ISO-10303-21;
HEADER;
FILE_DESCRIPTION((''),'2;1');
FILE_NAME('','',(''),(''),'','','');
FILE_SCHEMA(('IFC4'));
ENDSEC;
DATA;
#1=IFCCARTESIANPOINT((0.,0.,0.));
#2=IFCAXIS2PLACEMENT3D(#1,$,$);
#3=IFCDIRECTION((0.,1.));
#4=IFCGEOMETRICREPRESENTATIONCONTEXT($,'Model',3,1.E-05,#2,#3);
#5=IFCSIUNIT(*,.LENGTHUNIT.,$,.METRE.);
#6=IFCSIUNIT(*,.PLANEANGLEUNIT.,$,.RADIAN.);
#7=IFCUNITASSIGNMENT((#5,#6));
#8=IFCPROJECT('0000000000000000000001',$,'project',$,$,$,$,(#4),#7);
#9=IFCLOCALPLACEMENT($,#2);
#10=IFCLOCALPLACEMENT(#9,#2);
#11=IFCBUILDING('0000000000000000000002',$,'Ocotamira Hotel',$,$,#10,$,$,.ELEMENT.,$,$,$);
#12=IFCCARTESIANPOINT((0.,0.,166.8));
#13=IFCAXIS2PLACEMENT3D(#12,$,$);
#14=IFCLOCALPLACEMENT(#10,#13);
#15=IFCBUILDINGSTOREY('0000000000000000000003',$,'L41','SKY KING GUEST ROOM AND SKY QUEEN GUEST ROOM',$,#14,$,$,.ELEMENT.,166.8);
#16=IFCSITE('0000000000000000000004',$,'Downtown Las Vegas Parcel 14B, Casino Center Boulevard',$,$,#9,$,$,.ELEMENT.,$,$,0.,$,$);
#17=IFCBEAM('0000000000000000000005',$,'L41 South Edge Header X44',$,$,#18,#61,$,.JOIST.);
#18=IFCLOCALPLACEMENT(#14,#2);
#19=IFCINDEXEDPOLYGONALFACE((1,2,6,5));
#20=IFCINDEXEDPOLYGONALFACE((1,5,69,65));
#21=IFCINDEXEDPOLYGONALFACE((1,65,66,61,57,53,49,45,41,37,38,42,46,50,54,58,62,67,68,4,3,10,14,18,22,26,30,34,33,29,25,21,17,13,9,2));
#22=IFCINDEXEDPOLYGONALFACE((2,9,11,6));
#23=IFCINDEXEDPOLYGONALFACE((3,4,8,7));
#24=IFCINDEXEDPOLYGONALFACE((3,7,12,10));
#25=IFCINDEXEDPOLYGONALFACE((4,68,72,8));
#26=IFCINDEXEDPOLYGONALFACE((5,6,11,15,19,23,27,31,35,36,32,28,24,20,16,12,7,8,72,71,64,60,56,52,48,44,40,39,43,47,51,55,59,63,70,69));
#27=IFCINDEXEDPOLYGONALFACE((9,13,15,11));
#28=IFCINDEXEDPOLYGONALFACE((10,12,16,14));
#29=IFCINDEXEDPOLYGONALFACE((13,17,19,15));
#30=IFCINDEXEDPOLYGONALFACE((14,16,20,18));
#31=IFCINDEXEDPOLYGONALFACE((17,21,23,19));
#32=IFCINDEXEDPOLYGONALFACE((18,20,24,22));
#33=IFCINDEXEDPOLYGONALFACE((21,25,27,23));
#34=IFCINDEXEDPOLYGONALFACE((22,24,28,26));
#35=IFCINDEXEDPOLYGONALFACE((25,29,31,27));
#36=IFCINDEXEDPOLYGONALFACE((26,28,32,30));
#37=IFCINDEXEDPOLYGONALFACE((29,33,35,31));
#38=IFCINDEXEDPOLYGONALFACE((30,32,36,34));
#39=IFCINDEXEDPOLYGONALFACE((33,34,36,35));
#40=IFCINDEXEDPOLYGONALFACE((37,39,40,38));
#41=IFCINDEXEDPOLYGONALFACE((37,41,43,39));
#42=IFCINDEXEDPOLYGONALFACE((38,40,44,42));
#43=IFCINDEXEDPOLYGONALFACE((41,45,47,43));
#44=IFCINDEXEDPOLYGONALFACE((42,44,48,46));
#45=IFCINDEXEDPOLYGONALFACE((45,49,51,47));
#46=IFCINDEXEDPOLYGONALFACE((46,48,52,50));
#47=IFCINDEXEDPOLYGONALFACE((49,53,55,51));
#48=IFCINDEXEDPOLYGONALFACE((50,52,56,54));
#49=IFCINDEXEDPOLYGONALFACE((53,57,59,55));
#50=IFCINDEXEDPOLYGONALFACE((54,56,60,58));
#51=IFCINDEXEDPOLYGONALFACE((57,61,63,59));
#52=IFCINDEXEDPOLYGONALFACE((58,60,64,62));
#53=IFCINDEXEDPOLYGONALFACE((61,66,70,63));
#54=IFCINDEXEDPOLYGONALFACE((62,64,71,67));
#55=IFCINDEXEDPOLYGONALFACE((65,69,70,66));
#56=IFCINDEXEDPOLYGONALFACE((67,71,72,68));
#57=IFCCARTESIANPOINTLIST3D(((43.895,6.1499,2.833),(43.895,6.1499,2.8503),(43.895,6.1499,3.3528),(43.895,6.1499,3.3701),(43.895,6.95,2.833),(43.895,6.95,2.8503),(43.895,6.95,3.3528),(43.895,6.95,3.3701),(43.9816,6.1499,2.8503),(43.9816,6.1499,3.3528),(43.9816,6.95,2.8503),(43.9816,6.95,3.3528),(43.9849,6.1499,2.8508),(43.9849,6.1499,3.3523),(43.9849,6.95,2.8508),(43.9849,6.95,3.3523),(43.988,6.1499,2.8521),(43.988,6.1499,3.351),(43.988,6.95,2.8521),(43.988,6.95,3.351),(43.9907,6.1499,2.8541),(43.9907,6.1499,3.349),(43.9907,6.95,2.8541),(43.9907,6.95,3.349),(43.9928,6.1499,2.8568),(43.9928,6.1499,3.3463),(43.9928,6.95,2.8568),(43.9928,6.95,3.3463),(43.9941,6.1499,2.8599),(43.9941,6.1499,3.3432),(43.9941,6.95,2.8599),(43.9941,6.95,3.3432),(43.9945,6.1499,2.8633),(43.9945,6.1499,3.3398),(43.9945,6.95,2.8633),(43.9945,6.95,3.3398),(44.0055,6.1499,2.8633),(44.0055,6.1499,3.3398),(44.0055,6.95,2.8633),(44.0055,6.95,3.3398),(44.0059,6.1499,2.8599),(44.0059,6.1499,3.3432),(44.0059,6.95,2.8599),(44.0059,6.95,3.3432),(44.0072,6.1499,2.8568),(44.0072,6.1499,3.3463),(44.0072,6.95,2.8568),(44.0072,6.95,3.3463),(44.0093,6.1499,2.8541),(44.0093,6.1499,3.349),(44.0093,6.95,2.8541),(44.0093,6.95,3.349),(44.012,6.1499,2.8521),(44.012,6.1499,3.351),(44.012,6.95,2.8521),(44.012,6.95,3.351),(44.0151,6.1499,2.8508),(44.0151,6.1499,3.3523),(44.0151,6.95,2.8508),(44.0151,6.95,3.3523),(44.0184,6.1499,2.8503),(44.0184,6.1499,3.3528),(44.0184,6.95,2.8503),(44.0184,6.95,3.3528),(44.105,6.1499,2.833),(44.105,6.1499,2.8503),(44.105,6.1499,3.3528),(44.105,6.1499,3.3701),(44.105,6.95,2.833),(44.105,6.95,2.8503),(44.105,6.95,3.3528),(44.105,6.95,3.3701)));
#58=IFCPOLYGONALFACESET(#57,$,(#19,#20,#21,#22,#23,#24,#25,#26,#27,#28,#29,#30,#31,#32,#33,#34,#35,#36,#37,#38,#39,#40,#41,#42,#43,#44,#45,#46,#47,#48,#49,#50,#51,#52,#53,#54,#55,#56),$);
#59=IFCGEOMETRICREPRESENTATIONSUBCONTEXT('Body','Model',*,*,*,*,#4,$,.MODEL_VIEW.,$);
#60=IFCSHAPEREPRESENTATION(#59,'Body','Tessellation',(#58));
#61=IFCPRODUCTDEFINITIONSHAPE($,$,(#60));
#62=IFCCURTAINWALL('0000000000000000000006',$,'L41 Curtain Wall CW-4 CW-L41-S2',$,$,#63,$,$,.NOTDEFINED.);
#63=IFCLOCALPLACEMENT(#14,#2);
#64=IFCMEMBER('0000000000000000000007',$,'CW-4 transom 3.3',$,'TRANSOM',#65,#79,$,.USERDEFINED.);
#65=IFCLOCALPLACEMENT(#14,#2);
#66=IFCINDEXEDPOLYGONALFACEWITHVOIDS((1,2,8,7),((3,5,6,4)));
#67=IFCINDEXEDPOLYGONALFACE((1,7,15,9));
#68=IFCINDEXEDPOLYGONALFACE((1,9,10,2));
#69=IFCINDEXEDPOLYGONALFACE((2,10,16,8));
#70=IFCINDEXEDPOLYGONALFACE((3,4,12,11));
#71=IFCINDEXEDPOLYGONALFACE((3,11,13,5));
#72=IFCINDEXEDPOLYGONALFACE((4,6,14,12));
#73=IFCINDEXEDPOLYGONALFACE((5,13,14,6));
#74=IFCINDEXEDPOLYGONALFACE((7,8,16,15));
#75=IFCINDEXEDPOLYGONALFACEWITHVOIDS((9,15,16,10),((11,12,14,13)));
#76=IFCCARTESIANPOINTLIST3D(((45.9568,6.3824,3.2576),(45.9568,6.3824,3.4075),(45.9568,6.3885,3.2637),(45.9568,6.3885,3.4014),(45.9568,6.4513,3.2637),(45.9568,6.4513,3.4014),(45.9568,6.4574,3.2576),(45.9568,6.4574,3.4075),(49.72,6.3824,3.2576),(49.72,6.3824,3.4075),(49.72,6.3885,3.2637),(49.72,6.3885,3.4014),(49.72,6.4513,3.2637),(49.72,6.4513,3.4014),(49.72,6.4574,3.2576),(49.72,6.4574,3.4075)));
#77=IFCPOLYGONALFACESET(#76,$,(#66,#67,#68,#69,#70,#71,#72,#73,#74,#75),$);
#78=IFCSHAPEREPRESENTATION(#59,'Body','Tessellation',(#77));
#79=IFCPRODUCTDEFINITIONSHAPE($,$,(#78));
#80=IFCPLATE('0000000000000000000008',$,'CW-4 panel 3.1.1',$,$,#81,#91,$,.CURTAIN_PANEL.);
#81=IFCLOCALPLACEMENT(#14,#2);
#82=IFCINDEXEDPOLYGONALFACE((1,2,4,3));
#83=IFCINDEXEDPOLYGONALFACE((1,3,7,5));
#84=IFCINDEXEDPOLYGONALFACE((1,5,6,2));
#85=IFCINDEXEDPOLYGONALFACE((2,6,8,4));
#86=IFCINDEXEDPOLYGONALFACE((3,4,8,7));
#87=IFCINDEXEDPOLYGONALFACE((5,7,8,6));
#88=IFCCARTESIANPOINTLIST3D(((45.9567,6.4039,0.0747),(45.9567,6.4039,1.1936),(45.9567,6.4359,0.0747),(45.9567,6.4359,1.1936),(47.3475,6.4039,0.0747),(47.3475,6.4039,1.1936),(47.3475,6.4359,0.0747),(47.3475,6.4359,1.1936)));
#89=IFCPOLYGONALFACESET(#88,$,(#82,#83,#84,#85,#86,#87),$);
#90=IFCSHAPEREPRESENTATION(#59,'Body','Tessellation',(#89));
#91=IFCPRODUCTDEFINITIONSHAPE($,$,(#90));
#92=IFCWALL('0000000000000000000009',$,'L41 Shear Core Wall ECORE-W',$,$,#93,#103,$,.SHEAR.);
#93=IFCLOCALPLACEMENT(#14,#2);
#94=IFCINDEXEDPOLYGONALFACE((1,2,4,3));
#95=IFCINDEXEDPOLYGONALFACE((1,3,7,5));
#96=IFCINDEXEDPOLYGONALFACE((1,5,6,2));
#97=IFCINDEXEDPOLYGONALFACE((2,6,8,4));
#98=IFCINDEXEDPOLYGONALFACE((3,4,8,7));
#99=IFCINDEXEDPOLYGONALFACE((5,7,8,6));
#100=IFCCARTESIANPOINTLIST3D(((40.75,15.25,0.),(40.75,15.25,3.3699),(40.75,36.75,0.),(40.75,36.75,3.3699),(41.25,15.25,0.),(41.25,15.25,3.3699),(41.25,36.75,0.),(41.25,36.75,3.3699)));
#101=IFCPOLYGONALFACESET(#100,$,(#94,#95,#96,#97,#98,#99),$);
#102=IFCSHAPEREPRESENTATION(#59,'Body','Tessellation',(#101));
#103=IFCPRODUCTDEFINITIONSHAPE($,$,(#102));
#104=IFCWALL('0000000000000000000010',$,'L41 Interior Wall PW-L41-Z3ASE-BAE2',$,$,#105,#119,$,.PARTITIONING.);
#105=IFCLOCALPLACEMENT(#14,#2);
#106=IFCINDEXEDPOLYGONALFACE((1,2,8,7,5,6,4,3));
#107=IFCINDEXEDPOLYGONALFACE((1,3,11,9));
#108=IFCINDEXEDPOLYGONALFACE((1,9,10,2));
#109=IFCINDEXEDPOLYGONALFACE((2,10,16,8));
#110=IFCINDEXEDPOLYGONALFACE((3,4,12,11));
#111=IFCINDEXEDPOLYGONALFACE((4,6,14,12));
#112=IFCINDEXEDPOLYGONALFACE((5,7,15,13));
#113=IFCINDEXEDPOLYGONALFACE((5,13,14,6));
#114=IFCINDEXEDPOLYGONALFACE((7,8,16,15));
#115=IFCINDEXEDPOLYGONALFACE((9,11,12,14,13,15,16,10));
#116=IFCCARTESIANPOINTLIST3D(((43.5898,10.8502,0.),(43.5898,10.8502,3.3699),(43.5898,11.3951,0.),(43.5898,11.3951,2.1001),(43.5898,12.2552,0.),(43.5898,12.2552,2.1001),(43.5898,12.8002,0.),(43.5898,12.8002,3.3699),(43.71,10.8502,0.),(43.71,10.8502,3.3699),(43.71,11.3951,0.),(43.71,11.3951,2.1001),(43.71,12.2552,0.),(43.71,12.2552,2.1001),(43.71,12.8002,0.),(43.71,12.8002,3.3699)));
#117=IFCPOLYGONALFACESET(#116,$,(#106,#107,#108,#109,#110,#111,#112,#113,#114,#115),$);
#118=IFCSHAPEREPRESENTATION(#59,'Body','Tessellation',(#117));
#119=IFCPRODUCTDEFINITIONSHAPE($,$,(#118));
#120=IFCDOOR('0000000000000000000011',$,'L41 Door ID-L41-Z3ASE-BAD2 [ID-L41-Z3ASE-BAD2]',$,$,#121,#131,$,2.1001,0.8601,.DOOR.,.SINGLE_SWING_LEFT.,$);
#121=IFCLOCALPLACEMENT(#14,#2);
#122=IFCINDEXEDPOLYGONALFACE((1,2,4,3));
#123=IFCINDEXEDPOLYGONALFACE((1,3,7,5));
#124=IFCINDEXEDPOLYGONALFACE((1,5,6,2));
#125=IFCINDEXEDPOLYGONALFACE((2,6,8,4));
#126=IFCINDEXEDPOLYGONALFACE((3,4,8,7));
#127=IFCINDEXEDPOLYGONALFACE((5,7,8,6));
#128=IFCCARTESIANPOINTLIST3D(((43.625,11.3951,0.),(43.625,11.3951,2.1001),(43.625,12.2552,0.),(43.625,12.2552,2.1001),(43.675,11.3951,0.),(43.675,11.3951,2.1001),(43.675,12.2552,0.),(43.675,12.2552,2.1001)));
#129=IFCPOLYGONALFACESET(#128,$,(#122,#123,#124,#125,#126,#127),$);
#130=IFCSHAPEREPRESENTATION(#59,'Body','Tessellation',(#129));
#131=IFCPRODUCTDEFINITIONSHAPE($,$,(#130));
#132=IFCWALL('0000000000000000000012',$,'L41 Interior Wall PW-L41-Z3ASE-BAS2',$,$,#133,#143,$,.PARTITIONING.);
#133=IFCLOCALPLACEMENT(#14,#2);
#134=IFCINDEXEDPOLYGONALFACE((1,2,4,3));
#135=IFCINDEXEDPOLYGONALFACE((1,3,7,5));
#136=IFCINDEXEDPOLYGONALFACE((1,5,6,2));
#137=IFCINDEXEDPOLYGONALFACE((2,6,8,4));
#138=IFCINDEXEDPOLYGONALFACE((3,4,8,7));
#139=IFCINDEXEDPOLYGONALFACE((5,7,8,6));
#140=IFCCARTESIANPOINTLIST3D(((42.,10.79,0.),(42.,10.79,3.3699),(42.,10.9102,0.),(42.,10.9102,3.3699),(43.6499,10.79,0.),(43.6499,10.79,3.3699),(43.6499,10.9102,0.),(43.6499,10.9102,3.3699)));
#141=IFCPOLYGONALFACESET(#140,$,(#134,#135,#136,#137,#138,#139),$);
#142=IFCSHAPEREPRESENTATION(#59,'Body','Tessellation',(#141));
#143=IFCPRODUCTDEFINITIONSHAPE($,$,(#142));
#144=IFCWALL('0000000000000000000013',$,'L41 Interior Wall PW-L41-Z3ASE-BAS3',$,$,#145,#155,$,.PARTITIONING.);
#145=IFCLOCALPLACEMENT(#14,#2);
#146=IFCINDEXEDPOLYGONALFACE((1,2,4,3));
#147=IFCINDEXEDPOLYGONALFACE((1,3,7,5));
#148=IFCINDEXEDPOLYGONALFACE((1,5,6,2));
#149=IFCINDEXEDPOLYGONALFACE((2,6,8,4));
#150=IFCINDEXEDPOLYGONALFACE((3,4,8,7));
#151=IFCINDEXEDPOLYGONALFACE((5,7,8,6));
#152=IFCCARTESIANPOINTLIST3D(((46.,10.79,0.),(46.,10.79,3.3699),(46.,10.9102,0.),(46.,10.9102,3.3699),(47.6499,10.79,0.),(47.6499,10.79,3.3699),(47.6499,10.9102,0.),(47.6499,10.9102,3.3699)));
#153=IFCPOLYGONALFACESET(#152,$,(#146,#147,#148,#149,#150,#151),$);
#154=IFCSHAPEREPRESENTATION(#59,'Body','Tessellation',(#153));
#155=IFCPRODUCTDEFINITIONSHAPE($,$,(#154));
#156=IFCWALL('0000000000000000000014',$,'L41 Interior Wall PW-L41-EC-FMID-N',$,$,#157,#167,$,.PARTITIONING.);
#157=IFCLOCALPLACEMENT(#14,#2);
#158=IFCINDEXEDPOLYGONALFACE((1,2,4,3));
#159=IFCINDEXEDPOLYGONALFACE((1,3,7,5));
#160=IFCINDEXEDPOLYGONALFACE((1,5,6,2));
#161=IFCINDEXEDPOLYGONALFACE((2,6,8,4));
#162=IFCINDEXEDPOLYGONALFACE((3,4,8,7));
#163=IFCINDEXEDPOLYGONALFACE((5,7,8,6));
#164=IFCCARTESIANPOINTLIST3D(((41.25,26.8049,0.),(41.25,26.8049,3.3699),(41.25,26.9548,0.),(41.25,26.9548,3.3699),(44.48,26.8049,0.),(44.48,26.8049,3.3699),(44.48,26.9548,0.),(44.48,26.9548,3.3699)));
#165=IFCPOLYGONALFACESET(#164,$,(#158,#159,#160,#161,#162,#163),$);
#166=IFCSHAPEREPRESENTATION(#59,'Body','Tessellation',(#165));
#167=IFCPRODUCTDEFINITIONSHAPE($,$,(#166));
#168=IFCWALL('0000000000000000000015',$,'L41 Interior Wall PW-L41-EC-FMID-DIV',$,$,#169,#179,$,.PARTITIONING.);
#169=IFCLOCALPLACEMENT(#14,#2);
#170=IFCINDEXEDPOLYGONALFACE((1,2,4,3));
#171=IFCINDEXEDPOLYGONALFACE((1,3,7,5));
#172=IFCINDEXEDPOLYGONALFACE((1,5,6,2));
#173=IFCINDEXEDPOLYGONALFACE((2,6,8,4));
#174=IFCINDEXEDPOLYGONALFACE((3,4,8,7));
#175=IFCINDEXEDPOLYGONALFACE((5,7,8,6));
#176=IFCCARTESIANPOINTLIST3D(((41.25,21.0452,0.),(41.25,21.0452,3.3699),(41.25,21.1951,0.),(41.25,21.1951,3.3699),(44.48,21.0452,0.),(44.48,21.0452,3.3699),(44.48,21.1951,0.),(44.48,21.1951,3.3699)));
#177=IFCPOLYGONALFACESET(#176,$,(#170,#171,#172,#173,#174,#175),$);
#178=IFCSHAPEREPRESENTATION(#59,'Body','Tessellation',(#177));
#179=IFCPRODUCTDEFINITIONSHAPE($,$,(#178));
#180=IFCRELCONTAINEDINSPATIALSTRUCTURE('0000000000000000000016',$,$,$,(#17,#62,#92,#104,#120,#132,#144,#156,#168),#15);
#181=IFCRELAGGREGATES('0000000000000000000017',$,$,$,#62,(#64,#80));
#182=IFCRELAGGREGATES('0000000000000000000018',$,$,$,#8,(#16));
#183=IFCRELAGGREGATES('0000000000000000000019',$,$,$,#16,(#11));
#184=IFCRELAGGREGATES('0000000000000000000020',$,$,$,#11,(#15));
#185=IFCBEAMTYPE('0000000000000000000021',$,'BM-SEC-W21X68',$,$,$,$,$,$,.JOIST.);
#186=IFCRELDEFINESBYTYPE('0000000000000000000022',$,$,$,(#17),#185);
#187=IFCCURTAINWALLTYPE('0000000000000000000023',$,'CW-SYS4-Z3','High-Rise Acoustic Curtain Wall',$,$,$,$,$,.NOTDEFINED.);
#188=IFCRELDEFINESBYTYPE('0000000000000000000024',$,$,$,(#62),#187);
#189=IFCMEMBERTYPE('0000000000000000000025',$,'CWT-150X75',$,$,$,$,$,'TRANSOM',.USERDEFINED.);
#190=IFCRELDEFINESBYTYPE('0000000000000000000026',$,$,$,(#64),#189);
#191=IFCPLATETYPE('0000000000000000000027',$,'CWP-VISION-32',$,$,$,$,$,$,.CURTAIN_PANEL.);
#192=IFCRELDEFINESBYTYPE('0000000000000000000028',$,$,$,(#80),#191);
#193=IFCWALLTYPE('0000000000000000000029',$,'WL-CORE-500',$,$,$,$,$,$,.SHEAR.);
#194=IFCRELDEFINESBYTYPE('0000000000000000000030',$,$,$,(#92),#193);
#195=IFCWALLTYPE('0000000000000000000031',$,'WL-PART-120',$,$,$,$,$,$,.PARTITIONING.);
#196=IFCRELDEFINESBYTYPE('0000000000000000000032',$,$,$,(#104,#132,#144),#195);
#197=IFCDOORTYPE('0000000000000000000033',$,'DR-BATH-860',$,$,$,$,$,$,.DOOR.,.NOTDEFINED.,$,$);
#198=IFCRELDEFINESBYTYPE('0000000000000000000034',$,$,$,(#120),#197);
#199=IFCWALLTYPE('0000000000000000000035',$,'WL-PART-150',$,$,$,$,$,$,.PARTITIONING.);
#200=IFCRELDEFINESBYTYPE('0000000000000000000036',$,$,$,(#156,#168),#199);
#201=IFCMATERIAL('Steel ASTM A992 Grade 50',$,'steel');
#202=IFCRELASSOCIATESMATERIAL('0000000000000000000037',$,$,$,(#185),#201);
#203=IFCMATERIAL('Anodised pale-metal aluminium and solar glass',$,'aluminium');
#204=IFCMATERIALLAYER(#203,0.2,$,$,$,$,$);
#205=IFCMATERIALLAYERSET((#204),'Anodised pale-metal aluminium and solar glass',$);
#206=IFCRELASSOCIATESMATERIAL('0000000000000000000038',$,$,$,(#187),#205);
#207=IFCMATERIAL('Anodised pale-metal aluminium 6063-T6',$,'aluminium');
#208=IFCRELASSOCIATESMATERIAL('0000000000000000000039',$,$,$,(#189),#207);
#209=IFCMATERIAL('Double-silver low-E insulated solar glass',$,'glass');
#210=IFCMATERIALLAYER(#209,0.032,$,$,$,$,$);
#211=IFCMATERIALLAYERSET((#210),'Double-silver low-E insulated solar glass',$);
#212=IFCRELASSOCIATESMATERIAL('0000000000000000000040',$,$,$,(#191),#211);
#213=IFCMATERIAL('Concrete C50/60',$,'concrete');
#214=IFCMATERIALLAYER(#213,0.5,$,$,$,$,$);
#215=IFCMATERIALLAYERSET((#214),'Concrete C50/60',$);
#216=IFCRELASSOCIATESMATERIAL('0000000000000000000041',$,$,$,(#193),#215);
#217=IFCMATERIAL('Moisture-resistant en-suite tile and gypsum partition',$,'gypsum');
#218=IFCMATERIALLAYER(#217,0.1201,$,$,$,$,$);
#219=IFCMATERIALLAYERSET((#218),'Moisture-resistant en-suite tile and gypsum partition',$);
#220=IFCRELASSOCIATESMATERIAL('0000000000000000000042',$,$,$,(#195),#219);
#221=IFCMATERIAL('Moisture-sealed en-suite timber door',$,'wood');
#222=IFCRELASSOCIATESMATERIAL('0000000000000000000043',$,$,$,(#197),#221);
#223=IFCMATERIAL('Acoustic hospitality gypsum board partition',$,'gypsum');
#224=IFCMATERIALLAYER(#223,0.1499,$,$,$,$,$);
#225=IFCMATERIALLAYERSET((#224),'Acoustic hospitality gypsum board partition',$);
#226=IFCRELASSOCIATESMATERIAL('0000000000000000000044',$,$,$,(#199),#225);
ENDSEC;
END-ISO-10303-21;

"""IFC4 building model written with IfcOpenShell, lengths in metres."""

from ifc_helpers import new_model, si_unit, direction, frame, frame_2d, origin, origin_2d, place, context, subcontext, project, spatial, rectangle, hollow_rectangle, i_section, extrude, source, transform, mapped, material, layer, layer_set, material_profile, profile_set, type_object, element, fill, aggregate, save


model = new_model("IFC4")

# Units and contexts
model_context = context("Model", 3, precision=1e-05, world=origin(), true_north=direction((0.0, 1.0)))
body_context = subcontext(model_context, "Body", "Model", "MODEL_VIEW")
ifc_project = project(units=[si_unit("LENGTHUNIT", "METRE"), si_unit("PLANEANGLEUNIT", "RADIAN")], contexts=[model_context])

# Site, building, storey
site_placement = place(None, origin())
site = spatial("IfcSite", under=ifc_project, at=site_placement, Name="Downtown Las Vegas Parcel 14B, Casino Center Boulevard", CompositionType="ELEMENT", RefElevation=0.0)
building_placement = place(site_placement, origin())
building = spatial("IfcBuilding", under=site, at=building_placement, Name="Ocotamira Hotel", CompositionType="ELEMENT")
storey_placement = place(building_placement, frame((0.0, 0.0, 166.8)))
storey = spatial("IfcBuildingStorey", under=building, at=storey_placement, Name="L41", Description="SKY KING GUEST ROOM AND SKY QUEEN GUEST ROOM", CompositionType="ELEMENT", Elevation=166.8)

# Beam
ifc_material_1 = material(Name="Steel ASTM A992 Grade 50", Category="steel")
ifc_material_profile_1 = material_profile(ifc_material_1, i_section(OverallWidth=0.21, OverallDepth=0.5371, WebThickness=0.011, FlangeThickness=0.0173, FilletRadius=0.0129, at=origin_2d()), Name="W21X68")
ifc_profile_set_1 = profile_set([ifc_material_profile_1], Name="Steel ASTM A992 Grade 50")
beam_type_1 = type_object("IfcBeamType", Name="BM-SEC-W21X68", PredefinedType="JOIST", material=ifc_profile_set_1)
shared_shape_1 = source(origin(), body_context, "Body", "SweptSolid", [
    extrude(i_section(OverallWidth=0.21, OverallDepth=0.5371, WebThickness=0.011, FlangeThickness=0.0173, FilletRadius=0.0129, at=origin_2d()), origin(), (0.0, 0.0, 1.0), 0.8),
])
beam_1_placement = place(storey_placement, frame((44.0, 6.95, 3.1016), z_axis=(0.0, -1.0, 0.0), x_axis=(1.0, 0.0, 0.0)))
element("IfcBeam", 1, at=beam_1_placement, inside=storey, type_object=beam_type_1, Name="L41 South Edge Header X44", PredefinedType="JOIST", context=body_context, shape_type="MappedRepresentation", body=[
    mapped(shared_shape_1, transform((0.0, 0.0, 0.0), scale=1.0)),
])

# Curtain wall, member, plate
ifc_material_2 = material(Name="Anodised pale-metal aluminium and solar glass", Category="aluminium")
ifc_layer_1 = layer(ifc_material_2, 0.2)
ifc_layer_set_1 = layer_set([ifc_layer_1], Name="Anodised pale-metal aluminium and solar glass")
curtain_wall_type = type_object("IfcCurtainWallType", Name="CW-SYS4-Z3", Description="High-Rise Acoustic Curtain Wall", PredefinedType="NOTDEFINED", material=ifc_layer_set_1)
curtain_wall_placement = place(storey_placement, origin())
curtain_wall = element("IfcCurtainWall", 2, at=curtain_wall_placement, inside=storey, type_object=curtain_wall_type, Name="L41 Curtain Wall CW-4 CW-L41-S2", PredefinedType="NOTDEFINED")
ifc_material_3 = material(Name="Anodised pale-metal aluminium 6063-T6", Category="aluminium")
ifc_material_profile_2 = material_profile(ifc_material_3, hollow_rectangle(XDim=0.075, YDim=0.1499, WallThickness=0.0061, at=origin_2d()), Name="HSS150X75X6")
ifc_profile_set_2 = profile_set([ifc_material_profile_2], Name="Anodised pale-metal aluminium 6063-T6")
member_type = type_object("IfcMemberType", Name="CWT-150X75", ElementType="TRANSOM", PredefinedType="USERDEFINED", material=ifc_profile_set_2)
shared_shape_2 = source(origin(), body_context, "Body", "SweptSolid", [
    extrude(hollow_rectangle(XDim=0.075, YDim=0.1499, WallThickness=0.0061, at=origin_2d()), origin(), (0.0, 0.0, 1.0), 3.7632),
])
member_placement = place(storey_placement, frame((45.9568, 6.4199, 3.3325), z_axis=(1.0, 0.0, 0.0), x_axis=(0.0, 1.0, 0.0)))
member = element("IfcMember", 3, at=member_placement, type_object=member_type, Name="CW-4 transom 3.3", ObjectType="TRANSOM", PredefinedType="USERDEFINED", context=body_context, shape_type="MappedRepresentation", body=[
    mapped(shared_shape_2, transform((0.0, 0.0, 0.0), scale=1.0)),
])
ifc_material_4 = material(Name="Double-silver low-E insulated solar glass", Category="glass")
ifc_layer_2 = layer(ifc_material_4, 0.032)
ifc_layer_set_2 = layer_set([ifc_layer_2], Name="Double-silver low-E insulated solar glass")
plate_type = type_object("IfcPlateType", Name="CWP-VISION-32", PredefinedType="CURTAIN_PANEL", material=ifc_layer_set_2)
shared_shape_3 = source(origin(), body_context, "Body", "SweptSolid", [
    extrude(rectangle(XDim=1.3909, YDim=0.032, at=origin_2d()), origin(), (0.0, 0.0, 1.0), 1.1189),
])
plate_placement = place(storey_placement, frame((46.6521, 6.4199, 0.0747), z_axis=(0.0, 0.0, 1.0), x_axis=(1.0, 0.0, 0.0)))
plate = element("IfcPlate", 4, at=plate_placement, type_object=plate_type, Name="CW-4 panel 3.1.1", PredefinedType="CURTAIN_PANEL", context=body_context, shape_type="MappedRepresentation", body=[
    mapped(shared_shape_3, transform((0.0, 0.0, 0.0), scale=1.0)),
])
aggregate(curtain_wall, [member, plate])

# Shared definitions
ifc_material_5 = material(Name="Concrete C50/60", Category="concrete")
ifc_layer_3 = layer(ifc_material_5, 0.5)
ifc_layer_set_3 = layer_set([ifc_layer_3], Name="Concrete C50/60")
wall_type_1 = type_object("IfcWallType", Name="WL-CORE-500", PredefinedType="SHEAR", material=ifc_layer_set_3)

# Wall
wall_1_placement = place(storey_placement, frame((41.0, 15.25, 0.0), z_axis=(0.0, 0.0, 1.0), x_axis=(0.0, 1.0, 0.0)))
element("IfcWall", 5, at=wall_1_placement, inside=storey, type_object=wall_type_1, Name="L41 Shear Core Wall ECORE-W", PredefinedType="SHEAR", context=body_context, shape_type="SweptSolid", body=[
    extrude(rectangle(XDim=21.5, YDim=0.5, at=frame_2d((10.75, 0.0))), origin(), (0.0, 0.0, 1.0), 3.3699),
])

# Wall, opening, door
ifc_material_6 = material(Name="Moisture-resistant en-suite tile and gypsum partition", Category="gypsum")
ifc_layer_4 = layer(ifc_material_6, 0.1201)
ifc_layer_set_4 = layer_set([ifc_layer_4], Name="Moisture-resistant en-suite tile and gypsum partition")
wall_type_2 = type_object("IfcWallType", Name="WL-PART-120", PredefinedType="PARTITIONING", material=ifc_layer_set_4)
wall_2_placement = place(storey_placement, frame((43.6499, 10.8501, 0.0), z_axis=(0.0, 0.0, 1.0), x_axis=(0.0, 1.0, 0.0)))
wall_2 = element("IfcWall", 6, at=wall_2_placement, inside=storey, type_object=wall_type_2, Name="L41 Interior Wall PW-L41-Z3ASE-BAE2", PredefinedType="PARTITIONING", context=body_context, shape_type="SweptSolid", body=[
    extrude(rectangle(XDim=1.95, YDim=0.1201, at=frame_2d((0.9751, 0.0))), origin(), (0.0, 0.0, 1.0), 3.3699),
])
opening_1_placement = place(wall_2_placement, frame((0.5449, 0.0, 0.0)))
opening_1 = element("IfcOpeningElement", 7, at=opening_1_placement, cuts=wall_2, PredefinedType="OPENING", context=body_context, shape_type="SweptSolid", body=[
    extrude(rectangle(XDim=0.8601, YDim=2.1001, at=frame_2d((0.4302, 1.05))), frame((0.0, 0.0701, 0.0), z_axis=(0.0, -1.0, 0.0), x_axis=(1.0, 0.0, 0.0)), (0.0, 0.0, 1.0), 0.1401),
])
ifc_material_7 = material(Name="Moisture-sealed en-suite timber door", Category="wood")
door_type_1 = type_object("IfcDoorType", Name="DR-BATH-860", OperationType="NOTDEFINED", PredefinedType="DOOR", material=ifc_material_7)
shared_shape_4 = source(origin(), body_context, "Body", "SweptSolid", [
    extrude(rectangle(XDim=0.8601, YDim=2.1001, at=frame_2d((0.4302, 1.05))), frame((0.0, 0.0249, 0.0), z_axis=(0.0, -1.0, 0.0), x_axis=(1.0, 0.0, 0.0)), (0.0, 0.0, 1.0), 0.05),
])
door_1_placement = place(opening_1_placement, origin())
door_1 = element("IfcDoor", 8, at=door_1_placement, inside=storey, type_object=door_type_1, Name="L41 Door ID-L41-Z3ASE-BAD2 [ID-L41-Z3ASE-BAD2]", OperationType="SINGLE_SWING_LEFT", OverallHeight=2.1001, OverallWidth=0.8601, PredefinedType="DOOR", context=body_context, shape_type="MappedRepresentation", body=[
    mapped(shared_shape_4, transform((0.0, 0.0, 0.0), scale=1.0)),
])
fill(opening_1, door_1)

# Walls
for number, where, z_axis, x_axis, name in (
    (9, (42.0, 10.8501, 0.0), (0.0, 0.0, 1.0), (1.0, 0.0, 0.0), "L41 Interior Wall PW-L41-Z3ASE-BAS2"),
    (10, (46.0, 10.8501, 0.0), (0.0, 0.0, 1.0), (1.0, 0.0, 0.0), "L41 Interior Wall PW-L41-Z3ASE-BAS3"),
):
    element("IfcWall", number, at=place(storey_placement, frame(where, z_axis=z_axis, x_axis=x_axis)), inside=storey, type_object=wall_type_2, Name=name, PredefinedType="PARTITIONING", context=body_context, shape_type="SweptSolid", body=[
        extrude(rectangle(XDim=1.6499, YDim=0.1201, at=frame_2d((0.825, 0.0))), origin(), (0.0, 0.0, 1.0), 3.3699),
    ])
ifc_material_8 = material(Name="Acoustic hospitality gypsum board partition", Category="gypsum")
ifc_layer_5 = layer(ifc_material_8, 0.1499)
ifc_layer_set_5 = layer_set([ifc_layer_5], Name="Acoustic hospitality gypsum board partition")
wall_type_3 = type_object("IfcWallType", Name="WL-PART-150", PredefinedType="PARTITIONING", material=ifc_layer_set_5)
for number, where, z_axis, x_axis, name in (
    (11, (41.25, 26.8799, 0.0), (0.0, 0.0, 1.0), (1.0, 0.0, 0.0), "L41 Interior Wall PW-L41-EC-FMID-N"),
    (12, (41.25, 21.1201, 0.0), (0.0, 0.0, 1.0), (1.0, 0.0, 0.0), "L41 Interior Wall PW-L41-EC-FMID-DIV"),
):
    element("IfcWall", number, at=place(storey_placement, frame(where, z_axis=z_axis, x_axis=x_axis)), inside=storey, type_object=wall_type_3, Name=name, PredefinedType="PARTITIONING", context=body_context, shape_type="SweptSolid", body=[
        extrude(rectangle(XDim=3.23, YDim=0.1499, at=frame_2d((1.615, 0.0))), origin(), (0.0, 0.0, 1.0), 3.3699),
    ])

save(model, "model.ifc")
